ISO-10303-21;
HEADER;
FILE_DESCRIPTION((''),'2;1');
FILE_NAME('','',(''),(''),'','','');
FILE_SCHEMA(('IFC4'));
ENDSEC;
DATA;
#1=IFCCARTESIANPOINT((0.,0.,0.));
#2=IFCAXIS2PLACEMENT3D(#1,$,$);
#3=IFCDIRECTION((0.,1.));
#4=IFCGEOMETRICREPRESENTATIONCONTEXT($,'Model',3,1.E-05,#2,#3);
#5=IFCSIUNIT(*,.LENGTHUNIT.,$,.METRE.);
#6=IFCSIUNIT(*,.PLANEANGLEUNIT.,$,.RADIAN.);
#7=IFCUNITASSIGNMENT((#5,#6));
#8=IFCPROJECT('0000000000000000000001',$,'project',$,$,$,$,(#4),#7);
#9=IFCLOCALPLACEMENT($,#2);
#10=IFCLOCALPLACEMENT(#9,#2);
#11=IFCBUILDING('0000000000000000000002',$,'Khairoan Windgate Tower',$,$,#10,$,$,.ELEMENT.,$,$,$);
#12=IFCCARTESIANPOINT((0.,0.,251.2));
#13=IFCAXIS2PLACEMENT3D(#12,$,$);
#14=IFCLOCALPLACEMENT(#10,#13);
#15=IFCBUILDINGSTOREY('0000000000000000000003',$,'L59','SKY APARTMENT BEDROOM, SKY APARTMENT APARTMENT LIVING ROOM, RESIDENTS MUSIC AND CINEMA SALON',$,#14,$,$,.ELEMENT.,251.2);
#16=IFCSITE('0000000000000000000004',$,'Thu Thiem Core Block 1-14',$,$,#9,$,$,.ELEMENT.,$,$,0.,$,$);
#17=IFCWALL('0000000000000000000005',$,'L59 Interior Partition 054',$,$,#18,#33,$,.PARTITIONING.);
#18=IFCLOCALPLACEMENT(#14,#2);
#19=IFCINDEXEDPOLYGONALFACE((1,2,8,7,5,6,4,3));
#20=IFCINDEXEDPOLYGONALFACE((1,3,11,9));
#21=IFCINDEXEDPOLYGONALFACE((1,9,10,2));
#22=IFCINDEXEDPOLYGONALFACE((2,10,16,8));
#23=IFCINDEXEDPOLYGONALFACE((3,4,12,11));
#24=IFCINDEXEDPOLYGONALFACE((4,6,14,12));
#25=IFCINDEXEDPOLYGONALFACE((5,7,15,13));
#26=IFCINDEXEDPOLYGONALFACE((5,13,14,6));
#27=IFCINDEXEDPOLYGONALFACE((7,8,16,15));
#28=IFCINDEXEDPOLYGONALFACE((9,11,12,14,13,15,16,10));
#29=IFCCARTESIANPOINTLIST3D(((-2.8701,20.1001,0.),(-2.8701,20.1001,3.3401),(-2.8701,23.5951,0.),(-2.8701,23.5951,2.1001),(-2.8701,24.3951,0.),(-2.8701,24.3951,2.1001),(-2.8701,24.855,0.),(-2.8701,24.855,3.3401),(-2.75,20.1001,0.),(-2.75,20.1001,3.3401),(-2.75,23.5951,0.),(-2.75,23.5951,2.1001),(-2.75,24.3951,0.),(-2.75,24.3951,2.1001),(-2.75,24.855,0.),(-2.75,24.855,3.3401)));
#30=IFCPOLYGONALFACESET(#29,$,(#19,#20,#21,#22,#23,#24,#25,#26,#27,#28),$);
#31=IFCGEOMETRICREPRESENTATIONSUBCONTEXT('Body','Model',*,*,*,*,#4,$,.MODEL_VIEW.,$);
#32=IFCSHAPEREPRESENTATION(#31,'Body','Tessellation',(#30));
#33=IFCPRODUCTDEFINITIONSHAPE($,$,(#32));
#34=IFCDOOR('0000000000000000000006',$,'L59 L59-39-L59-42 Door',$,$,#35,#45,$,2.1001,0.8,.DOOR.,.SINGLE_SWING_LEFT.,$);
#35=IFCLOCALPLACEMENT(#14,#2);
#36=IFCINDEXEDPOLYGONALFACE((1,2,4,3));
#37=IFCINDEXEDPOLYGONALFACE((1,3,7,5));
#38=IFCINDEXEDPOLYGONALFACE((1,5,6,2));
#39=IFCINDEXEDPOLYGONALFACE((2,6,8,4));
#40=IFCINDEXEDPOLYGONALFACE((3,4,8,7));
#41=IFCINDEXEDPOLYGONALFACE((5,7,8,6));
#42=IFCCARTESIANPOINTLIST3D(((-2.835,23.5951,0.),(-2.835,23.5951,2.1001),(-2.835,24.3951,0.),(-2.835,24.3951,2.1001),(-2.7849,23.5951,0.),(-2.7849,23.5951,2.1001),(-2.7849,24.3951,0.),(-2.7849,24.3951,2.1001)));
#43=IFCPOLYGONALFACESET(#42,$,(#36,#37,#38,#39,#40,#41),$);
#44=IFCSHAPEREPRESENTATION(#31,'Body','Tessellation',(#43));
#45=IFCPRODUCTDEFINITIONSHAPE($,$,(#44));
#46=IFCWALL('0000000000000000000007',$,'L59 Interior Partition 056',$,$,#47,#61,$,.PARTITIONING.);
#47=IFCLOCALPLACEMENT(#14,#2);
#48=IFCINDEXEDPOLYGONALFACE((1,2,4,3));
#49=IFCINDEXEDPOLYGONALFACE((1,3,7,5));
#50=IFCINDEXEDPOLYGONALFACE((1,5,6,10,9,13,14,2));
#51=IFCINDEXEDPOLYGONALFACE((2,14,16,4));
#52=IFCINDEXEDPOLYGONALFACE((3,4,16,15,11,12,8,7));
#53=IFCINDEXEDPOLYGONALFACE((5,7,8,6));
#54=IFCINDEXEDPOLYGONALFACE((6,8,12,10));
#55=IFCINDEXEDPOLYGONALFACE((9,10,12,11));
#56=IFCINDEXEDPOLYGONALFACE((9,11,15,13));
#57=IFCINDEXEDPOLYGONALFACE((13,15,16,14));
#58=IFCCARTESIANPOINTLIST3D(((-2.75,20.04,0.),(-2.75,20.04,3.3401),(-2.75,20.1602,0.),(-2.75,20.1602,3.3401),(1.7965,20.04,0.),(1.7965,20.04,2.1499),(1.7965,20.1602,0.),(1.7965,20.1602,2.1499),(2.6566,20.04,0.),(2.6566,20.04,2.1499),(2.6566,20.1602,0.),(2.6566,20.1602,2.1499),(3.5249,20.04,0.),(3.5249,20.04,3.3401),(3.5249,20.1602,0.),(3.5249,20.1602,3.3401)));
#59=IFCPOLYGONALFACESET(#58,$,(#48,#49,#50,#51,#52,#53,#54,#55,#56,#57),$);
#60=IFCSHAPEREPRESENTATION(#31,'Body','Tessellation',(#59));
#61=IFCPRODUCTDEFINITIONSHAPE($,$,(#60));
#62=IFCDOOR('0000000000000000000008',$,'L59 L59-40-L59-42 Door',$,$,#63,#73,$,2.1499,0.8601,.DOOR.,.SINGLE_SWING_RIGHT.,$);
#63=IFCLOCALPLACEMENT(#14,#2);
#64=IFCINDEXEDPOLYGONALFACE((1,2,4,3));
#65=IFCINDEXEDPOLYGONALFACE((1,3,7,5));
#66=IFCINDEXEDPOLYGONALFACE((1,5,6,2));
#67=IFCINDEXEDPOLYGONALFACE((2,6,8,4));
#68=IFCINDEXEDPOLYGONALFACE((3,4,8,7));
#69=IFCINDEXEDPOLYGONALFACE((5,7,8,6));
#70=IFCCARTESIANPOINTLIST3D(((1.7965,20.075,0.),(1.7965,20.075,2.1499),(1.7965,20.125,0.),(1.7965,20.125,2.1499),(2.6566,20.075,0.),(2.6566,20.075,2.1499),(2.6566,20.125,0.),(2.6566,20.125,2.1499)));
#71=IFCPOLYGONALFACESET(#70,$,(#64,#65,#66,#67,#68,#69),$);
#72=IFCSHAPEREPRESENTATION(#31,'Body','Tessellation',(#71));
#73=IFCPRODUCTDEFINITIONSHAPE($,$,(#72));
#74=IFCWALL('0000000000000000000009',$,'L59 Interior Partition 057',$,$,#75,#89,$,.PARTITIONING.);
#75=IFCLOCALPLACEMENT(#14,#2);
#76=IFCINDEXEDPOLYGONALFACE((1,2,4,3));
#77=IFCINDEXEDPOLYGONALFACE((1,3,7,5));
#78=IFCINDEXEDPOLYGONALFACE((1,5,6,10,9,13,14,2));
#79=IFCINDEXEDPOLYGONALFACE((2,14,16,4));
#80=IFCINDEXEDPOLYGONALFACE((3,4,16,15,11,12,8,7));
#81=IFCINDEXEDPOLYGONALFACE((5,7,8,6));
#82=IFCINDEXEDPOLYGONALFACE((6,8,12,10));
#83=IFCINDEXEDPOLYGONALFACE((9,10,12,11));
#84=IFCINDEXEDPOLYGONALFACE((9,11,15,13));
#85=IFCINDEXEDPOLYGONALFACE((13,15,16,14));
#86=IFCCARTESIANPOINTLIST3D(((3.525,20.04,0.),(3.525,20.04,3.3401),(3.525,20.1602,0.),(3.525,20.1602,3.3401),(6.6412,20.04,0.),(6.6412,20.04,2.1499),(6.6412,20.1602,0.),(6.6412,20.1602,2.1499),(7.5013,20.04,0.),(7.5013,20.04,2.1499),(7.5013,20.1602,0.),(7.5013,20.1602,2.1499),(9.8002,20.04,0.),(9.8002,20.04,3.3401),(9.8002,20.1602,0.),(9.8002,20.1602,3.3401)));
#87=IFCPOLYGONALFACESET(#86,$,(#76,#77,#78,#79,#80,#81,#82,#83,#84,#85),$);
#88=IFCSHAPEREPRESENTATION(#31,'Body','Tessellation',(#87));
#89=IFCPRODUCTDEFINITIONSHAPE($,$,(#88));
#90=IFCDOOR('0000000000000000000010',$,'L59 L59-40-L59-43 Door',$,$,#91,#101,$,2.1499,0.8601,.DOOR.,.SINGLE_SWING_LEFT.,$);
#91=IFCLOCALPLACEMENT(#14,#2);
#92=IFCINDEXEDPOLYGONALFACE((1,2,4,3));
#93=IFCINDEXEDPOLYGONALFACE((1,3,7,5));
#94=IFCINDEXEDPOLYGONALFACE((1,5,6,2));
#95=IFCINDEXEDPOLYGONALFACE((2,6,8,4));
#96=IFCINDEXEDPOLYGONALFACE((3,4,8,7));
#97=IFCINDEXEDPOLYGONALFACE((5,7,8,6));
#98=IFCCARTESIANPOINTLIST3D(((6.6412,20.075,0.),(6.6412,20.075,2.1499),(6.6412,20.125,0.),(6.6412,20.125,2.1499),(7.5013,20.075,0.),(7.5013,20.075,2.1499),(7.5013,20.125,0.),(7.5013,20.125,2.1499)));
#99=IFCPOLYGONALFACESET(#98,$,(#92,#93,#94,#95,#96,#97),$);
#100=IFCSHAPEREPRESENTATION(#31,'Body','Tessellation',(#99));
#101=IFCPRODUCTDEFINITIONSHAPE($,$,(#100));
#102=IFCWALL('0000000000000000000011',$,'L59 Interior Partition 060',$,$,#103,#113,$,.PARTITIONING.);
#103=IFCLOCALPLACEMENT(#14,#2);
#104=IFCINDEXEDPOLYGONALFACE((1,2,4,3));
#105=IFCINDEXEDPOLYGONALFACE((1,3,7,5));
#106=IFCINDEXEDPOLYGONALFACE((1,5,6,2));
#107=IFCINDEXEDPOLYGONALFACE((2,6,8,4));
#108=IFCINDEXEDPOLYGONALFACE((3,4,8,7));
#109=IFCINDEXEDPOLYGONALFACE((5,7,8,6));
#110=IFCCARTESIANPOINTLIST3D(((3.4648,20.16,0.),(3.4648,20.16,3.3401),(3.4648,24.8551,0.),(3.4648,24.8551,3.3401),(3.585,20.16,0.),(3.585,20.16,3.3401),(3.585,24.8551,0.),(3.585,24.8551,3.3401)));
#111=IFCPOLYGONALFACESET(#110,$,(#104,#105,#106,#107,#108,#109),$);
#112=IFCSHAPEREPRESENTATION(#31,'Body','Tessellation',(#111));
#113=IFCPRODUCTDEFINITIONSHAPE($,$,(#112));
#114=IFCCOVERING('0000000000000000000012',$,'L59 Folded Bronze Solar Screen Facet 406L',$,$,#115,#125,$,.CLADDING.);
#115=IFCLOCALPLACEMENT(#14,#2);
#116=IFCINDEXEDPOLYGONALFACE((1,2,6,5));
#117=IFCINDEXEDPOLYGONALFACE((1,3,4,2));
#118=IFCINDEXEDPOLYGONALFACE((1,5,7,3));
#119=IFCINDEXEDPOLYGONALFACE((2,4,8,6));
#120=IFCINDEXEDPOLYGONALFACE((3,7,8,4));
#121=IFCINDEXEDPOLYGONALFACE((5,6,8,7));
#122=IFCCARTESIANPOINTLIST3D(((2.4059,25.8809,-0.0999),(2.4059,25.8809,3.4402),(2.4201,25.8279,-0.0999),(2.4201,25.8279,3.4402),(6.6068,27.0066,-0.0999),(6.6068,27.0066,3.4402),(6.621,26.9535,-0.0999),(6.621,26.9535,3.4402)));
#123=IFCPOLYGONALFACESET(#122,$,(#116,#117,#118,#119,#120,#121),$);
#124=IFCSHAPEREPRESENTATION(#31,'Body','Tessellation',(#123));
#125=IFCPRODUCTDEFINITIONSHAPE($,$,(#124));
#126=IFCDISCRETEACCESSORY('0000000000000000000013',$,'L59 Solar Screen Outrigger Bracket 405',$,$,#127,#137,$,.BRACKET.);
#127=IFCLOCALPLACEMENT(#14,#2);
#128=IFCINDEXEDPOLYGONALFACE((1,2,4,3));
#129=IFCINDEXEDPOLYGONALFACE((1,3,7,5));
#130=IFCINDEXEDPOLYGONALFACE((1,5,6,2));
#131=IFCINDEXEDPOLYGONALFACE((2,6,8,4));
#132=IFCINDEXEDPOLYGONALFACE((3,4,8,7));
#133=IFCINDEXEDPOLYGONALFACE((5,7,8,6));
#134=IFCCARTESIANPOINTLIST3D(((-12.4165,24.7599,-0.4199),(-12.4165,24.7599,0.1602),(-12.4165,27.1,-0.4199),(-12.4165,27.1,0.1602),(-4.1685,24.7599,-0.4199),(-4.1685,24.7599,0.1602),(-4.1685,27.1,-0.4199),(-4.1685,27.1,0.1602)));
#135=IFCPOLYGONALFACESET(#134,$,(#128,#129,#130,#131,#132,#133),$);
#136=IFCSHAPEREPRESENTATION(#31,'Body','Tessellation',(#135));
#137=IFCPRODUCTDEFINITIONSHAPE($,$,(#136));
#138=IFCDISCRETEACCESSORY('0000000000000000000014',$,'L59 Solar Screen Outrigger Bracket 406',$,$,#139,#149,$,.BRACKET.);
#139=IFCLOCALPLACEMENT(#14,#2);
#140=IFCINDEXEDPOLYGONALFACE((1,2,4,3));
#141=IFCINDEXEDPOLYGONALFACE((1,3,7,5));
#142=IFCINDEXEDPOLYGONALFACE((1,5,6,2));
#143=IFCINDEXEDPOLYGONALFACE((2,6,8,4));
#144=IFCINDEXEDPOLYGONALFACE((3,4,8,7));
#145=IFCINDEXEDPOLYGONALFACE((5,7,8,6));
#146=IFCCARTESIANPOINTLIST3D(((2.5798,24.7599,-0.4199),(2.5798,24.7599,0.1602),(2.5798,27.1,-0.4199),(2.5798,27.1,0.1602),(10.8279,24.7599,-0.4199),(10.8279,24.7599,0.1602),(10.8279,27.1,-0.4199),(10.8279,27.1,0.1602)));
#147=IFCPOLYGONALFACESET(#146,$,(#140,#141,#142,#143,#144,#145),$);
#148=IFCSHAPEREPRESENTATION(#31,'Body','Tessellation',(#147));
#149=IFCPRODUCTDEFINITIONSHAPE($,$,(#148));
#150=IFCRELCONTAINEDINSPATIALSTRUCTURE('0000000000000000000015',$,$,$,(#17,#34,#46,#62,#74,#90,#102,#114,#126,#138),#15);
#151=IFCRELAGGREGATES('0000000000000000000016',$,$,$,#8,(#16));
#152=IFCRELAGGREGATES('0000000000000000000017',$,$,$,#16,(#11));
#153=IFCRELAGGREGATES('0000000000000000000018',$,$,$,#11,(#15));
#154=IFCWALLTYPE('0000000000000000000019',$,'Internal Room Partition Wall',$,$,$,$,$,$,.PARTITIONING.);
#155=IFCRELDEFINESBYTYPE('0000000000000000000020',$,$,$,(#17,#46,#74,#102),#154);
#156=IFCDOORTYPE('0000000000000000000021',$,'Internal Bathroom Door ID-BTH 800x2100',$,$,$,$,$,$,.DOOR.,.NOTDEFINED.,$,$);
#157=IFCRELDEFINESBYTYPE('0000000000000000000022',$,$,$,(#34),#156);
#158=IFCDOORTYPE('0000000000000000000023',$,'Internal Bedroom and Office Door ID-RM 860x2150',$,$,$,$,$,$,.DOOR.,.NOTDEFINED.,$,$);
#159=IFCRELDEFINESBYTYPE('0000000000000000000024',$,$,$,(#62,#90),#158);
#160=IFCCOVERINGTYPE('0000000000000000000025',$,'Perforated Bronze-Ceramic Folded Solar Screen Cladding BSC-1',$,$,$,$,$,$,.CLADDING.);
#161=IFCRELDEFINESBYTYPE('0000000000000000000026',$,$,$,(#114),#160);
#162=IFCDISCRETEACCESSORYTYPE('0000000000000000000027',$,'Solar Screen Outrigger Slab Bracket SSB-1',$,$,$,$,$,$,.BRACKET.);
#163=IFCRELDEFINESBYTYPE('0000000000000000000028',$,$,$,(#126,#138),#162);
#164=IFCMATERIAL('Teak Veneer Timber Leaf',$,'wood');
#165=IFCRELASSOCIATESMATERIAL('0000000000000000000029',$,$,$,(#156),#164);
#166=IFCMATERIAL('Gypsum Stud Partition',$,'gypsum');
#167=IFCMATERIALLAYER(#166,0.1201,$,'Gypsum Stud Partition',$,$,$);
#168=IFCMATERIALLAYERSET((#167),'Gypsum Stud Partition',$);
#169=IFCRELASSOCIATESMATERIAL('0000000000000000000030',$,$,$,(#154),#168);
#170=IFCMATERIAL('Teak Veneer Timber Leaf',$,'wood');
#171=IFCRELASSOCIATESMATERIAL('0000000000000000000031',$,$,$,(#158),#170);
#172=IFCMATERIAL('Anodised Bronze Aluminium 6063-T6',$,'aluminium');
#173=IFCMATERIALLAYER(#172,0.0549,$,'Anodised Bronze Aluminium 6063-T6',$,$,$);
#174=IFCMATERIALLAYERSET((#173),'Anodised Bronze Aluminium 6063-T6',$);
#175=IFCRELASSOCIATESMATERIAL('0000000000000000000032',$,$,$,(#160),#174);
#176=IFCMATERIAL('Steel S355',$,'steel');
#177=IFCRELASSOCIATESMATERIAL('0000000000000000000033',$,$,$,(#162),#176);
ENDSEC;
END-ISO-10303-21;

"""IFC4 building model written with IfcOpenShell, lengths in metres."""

from ifc_helpers import new_model, si_unit, direction, frame, frame_2d, origin, origin_2d, place, context, subcontext, project, spatial, rectangle, extrude, material, layer, layer_set, type_object, element, fill, save


model = new_model("IFC4")

# Units and contexts
model_context = context("Model", 3, precision=1e-05, world=origin(), true_north=direction((0.0, 1.0)))
body_context = subcontext(model_context, "Body", "Model", "MODEL_VIEW")
ifc_project = project(units=[si_unit("LENGTHUNIT", "METRE"), si_unit("PLANEANGLEUNIT", "RADIAN")], contexts=[model_context])

# Site, building, storey
site_placement = place(None, origin())
site = spatial("IfcSite", under=ifc_project, at=site_placement, Name="Thu Thiem Core Block 1-14", CompositionType="ELEMENT", RefElevation=0.0)
building_placement = place(site_placement, origin())
building = spatial("IfcBuilding", under=site, at=building_placement, Name="Khairoan Windgate Tower", CompositionType="ELEMENT")
storey_placement = place(building_placement, frame((0.0, 0.0, 251.2)))
storey = spatial("IfcBuildingStorey", under=building, at=storey_placement, Name="L59", Description="SKY APARTMENT BEDROOM, SKY APARTMENT APARTMENT LIVING ROOM, RESIDENTS MUSIC AND CINEMA SALON", CompositionType="ELEMENT", Elevation=251.2)

# Shared definitions
ifc_material_1 = material(Name="Teak Veneer Timber Leaf", Category="wood")
door_type_1 = type_object("IfcDoorType", Name="Internal Bathroom Door ID-BTH 800x2100", OperationType="NOTDEFINED", PredefinedType="DOOR", material=ifc_material_1)

# Shared definitions
ifc_material_2 = material(Name="Gypsum Stud Partition", Category="gypsum")
ifc_layer_1 = layer(ifc_material_2, 0.1201, Name="Gypsum Stud Partition")
ifc_layer_set_1 = layer_set([ifc_layer_1], Name="Gypsum Stud Partition")
wall_type_1 = type_object("IfcWallType", Name="Internal Room Partition Wall", PredefinedType="PARTITIONING", material=ifc_layer_set_1)

# Walls, openings, doors
wall_1_placement = place(storey_placement, frame((-2.8101, 20.1001, 0.0), z_axis=(0.0, 0.0, 1.0), x_axis=(0.0, 1.0, 0.0)))
wall_1 = element("IfcWall", 1, at=wall_1_placement, inside=storey, type_object=wall_type_1, Name="L59 Interior Partition 054", PredefinedType="PARTITIONING", context=body_context, shape_type="SweptSolid", body=[
    extrude(rectangle(XDim=4.7549, YDim=0.1201, at=frame_2d((2.3774, 0.0))), origin(), (0.0, 0.0, 1.0), 3.3401),
])
opening_1_placement = place(wall_1_placement, frame((3.4951, 0.0, 0.0)))
opening_1 = element("IfcOpeningElement", 2, at=opening_1_placement, cuts=wall_1, PredefinedType="OPENING", context=body_context, shape_type="SweptSolid", body=[
    extrude(rectangle(XDim=0.8, YDim=2.1001, at=frame_2d((0.3999, 1.05))), frame((0.0, 0.0701, 0.0), z_axis=(0.0, -1.0, 0.0), x_axis=(1.0, 0.0, 0.0)), (0.0, 0.0, 1.0), 0.1401),
])
door_1_placement = place(opening_1_placement, origin())
door_1 = element("IfcDoor", 3, at=door_1_placement, inside=storey, type_object=door_type_1, Name="L59 L59-39-L59-42 Door", OperationType="SINGLE_SWING_LEFT", OverallHeight=2.1001, OverallWidth=0.8, PredefinedType="DOOR", context=body_context, shape_type="SweptSolid", body=[
    extrude(rectangle(XDim=0.8, YDim=2.1001, at=frame_2d((0.3999, 1.05))), frame((0.0, 0.0249, 0.0), z_axis=(0.0, -1.0, 0.0), x_axis=(1.0, 0.0, 0.0)), (0.0, 0.0, 1.0), 0.05),
])
fill(opening_1, door_1)
wall_2_placement = place(storey_placement, frame((-2.75, 20.1001, 0.0), z_axis=(0.0, 0.0, 1.0), x_axis=(1.0, 0.0, 0.0)))
wall_2 = element("IfcWall", 4, at=wall_2_placement, inside=storey, type_object=wall_type_1, Name="L59 Interior Partition 056", PredefinedType="PARTITIONING", context=body_context, shape_type="SweptSolid", body=[
    extrude(rectangle(XDim=6.2749, YDim=0.1201, at=frame_2d((3.1375, 0.0))), origin(), (0.0, 0.0, 1.0), 3.3401),
])
opening_2_placement = place(wall_2_placement, frame((4.5464, 0.0, 0.0)))
opening_2 = element("IfcOpeningElement", 5, at=opening_2_placement, cuts=wall_2, PredefinedType="OPENING", context=body_context, shape_type="SweptSolid", body=[
    extrude(rectangle(XDim=0.8601, YDim=2.1499, at=frame_2d((0.4302, 1.075))), frame((0.0, 0.0701, 0.0), z_axis=(0.0, -1.0, 0.0), x_axis=(1.0, 0.0, 0.0)), (0.0, 0.0, 1.0), 0.1401),
])
ifc_material_3 = material(Name="Teak Veneer Timber Leaf", Category="wood")
door_type_2 = type_object("IfcDoorType", Name="Internal Bedroom and Office Door ID-RM 860x2150", OperationType="NOTDEFINED", PredefinedType="DOOR", material=ifc_material_3)
door_2_placement = place(opening_2_placement, origin())
door_2 = element("IfcDoor", 6, at=door_2_placement, inside=storey, type_object=door_type_2, Name="L59 L59-40-L59-42 Door", OperationType="SINGLE_SWING_RIGHT", OverallHeight=2.1499, OverallWidth=0.8601, PredefinedType="DOOR", context=body_context, shape_type="SweptSolid", body=[
    extrude(rectangle(XDim=0.8601, YDim=2.1499, at=frame_2d((0.4302, 1.075))), frame((0.0, 0.0249, 0.0), z_axis=(0.0, -1.0, 0.0), x_axis=(1.0, 0.0, 0.0)), (0.0, 0.0, 1.0), 0.05),
])
fill(opening_2, door_2)
wall_3_placement = place(storey_placement, frame((3.5249, 20.1001, 0.0), z_axis=(0.0, 0.0, 1.0), x_axis=(1.0, 0.0, 0.0)))
wall_3 = element("IfcWall", 7, at=wall_3_placement, inside=storey, type_object=wall_type_1, Name="L59 Interior Partition 057", PredefinedType="PARTITIONING", context=body_context, shape_type="SweptSolid", body=[
    extrude(rectangle(XDim=6.2751, YDim=0.1201, at=frame_2d((3.1377, 0.0))), origin(), (0.0, 0.0, 1.0), 3.3401),
])
opening_3_placement = place(wall_3_placement, frame((3.1162, 0.0, 0.0)))
opening_3 = element("IfcOpeningElement", 8, at=opening_3_placement, cuts=wall_3, PredefinedType="OPENING", context=body_context, shape_type="SweptSolid", body=[
    extrude(rectangle(XDim=0.8601, YDim=2.1499, at=frame_2d((0.4302, 1.075))), frame((0.0, 0.0701, 0.0), z_axis=(0.0, -1.0, 0.0), x_axis=(1.0, 0.0, 0.0)), (0.0, 0.0, 1.0), 0.1401),
])
door_3_placement = place(opening_3_placement, origin())
door_3 = element("IfcDoor", 9, at=door_3_placement, inside=storey, type_object=door_type_2, Name="L59 L59-40-L59-43 Door", OperationType="SINGLE_SWING_LEFT", OverallHeight=2.1499, OverallWidth=0.8601, PredefinedType="DOOR", context=body_context, shape_type="SweptSolid", body=[
    extrude(rectangle(XDim=0.8601, YDim=2.1499, at=frame_2d((0.4302, 1.075))), frame((0.0, 0.0249, 0.0), z_axis=(0.0, -1.0, 0.0), x_axis=(1.0, 0.0, 0.0)), (0.0, 0.0, 1.0), 0.05),
])
fill(opening_3, door_3)

# Wall
wall_4_placement = place(storey_placement, frame((3.5249, 20.1599, 0.0), z_axis=(0.0, 0.0, 1.0), x_axis=(0.0, 1.0, 0.0)))
element("IfcWall", 10, at=wall_4_placement, inside=storey, type_object=wall_type_1, Name="L59 Interior Partition 060", PredefinedType="PARTITIONING", context=body_context, shape_type="SweptSolid", body=[
    extrude(rectangle(XDim=4.6951, YDim=0.1201, at=frame_2d((2.3477, 0.0))), origin(), (0.0, 0.0, 1.0), 3.3401),
])

# Covering
ifc_material_4 = material(Name="Anodised Bronze Aluminium 6063-T6", Category="aluminium")
ifc_layer_2 = layer(ifc_material_4, 0.0549, Name="Anodised Bronze Aluminium 6063-T6")
ifc_layer_set_2 = layer_set([ifc_layer_2], Name="Anodised Bronze Aluminium 6063-T6")
covering_type = type_object("IfcCoveringType", Name="Perforated Bronze-Ceramic Folded Solar Screen Cladding BSC-1", PredefinedType="CLADDING", material=ifc_layer_set_2)
covering_placement = place(storey_placement, frame((4.5134, 26.4172, -0.0999), z_axis=(0.0, 0.0, 1.0), x_axis=(0.965926, 0.258819, 0.0)))
element("IfcCovering", 11, at=covering_placement, inside=storey, type_object=covering_type, Name="L59 Folded Bronze Solar Screen Facet 406L", PredefinedType="CLADDING", context=body_context, shape_type="SweptSolid", body=[
    extrude(rectangle(XDim=4.3491, YDim=0.0549, at=origin_2d()), origin(), (0.0, 0.0, 1.0), 3.54),
])

# Discrete accessories
ifc_material_5 = material(Name="Steel S355", Category="steel")
discrete_accessory_type = type_object("IfcDiscreteAccessoryType", Name="Solar Screen Outrigger Slab Bracket SSB-1", PredefinedType="BRACKET", material=ifc_material_5)
for number, where, z_axis, x_axis, name in (
    (12, (-8.2925, 25.9299, -0.4199), (0.0, 0.0, 1.0), (1.0, 0.0, 0.0), "L59 Solar Screen Outrigger Bracket 405"),
    (13, (6.7039, 25.9299, -0.4199), (0.0, 0.0, 1.0), (1.0, 0.0, 0.0), "L59 Solar Screen Outrigger Bracket 406"),
):
    element("IfcDiscreteAccessory", number, at=place(storey_placement, frame(where, z_axis=z_axis, x_axis=x_axis)), inside=storey, type_object=discrete_accessory_type, Name=name, PredefinedType="BRACKET", context=body_context, shape_type="SweptSolid", body=[
        extrude(rectangle(XDim=8.248, YDim=2.3401, at=origin_2d()), origin(), (0.0, 0.0, 1.0), 0.5801),
    ])

save(model, "model.ifc")
